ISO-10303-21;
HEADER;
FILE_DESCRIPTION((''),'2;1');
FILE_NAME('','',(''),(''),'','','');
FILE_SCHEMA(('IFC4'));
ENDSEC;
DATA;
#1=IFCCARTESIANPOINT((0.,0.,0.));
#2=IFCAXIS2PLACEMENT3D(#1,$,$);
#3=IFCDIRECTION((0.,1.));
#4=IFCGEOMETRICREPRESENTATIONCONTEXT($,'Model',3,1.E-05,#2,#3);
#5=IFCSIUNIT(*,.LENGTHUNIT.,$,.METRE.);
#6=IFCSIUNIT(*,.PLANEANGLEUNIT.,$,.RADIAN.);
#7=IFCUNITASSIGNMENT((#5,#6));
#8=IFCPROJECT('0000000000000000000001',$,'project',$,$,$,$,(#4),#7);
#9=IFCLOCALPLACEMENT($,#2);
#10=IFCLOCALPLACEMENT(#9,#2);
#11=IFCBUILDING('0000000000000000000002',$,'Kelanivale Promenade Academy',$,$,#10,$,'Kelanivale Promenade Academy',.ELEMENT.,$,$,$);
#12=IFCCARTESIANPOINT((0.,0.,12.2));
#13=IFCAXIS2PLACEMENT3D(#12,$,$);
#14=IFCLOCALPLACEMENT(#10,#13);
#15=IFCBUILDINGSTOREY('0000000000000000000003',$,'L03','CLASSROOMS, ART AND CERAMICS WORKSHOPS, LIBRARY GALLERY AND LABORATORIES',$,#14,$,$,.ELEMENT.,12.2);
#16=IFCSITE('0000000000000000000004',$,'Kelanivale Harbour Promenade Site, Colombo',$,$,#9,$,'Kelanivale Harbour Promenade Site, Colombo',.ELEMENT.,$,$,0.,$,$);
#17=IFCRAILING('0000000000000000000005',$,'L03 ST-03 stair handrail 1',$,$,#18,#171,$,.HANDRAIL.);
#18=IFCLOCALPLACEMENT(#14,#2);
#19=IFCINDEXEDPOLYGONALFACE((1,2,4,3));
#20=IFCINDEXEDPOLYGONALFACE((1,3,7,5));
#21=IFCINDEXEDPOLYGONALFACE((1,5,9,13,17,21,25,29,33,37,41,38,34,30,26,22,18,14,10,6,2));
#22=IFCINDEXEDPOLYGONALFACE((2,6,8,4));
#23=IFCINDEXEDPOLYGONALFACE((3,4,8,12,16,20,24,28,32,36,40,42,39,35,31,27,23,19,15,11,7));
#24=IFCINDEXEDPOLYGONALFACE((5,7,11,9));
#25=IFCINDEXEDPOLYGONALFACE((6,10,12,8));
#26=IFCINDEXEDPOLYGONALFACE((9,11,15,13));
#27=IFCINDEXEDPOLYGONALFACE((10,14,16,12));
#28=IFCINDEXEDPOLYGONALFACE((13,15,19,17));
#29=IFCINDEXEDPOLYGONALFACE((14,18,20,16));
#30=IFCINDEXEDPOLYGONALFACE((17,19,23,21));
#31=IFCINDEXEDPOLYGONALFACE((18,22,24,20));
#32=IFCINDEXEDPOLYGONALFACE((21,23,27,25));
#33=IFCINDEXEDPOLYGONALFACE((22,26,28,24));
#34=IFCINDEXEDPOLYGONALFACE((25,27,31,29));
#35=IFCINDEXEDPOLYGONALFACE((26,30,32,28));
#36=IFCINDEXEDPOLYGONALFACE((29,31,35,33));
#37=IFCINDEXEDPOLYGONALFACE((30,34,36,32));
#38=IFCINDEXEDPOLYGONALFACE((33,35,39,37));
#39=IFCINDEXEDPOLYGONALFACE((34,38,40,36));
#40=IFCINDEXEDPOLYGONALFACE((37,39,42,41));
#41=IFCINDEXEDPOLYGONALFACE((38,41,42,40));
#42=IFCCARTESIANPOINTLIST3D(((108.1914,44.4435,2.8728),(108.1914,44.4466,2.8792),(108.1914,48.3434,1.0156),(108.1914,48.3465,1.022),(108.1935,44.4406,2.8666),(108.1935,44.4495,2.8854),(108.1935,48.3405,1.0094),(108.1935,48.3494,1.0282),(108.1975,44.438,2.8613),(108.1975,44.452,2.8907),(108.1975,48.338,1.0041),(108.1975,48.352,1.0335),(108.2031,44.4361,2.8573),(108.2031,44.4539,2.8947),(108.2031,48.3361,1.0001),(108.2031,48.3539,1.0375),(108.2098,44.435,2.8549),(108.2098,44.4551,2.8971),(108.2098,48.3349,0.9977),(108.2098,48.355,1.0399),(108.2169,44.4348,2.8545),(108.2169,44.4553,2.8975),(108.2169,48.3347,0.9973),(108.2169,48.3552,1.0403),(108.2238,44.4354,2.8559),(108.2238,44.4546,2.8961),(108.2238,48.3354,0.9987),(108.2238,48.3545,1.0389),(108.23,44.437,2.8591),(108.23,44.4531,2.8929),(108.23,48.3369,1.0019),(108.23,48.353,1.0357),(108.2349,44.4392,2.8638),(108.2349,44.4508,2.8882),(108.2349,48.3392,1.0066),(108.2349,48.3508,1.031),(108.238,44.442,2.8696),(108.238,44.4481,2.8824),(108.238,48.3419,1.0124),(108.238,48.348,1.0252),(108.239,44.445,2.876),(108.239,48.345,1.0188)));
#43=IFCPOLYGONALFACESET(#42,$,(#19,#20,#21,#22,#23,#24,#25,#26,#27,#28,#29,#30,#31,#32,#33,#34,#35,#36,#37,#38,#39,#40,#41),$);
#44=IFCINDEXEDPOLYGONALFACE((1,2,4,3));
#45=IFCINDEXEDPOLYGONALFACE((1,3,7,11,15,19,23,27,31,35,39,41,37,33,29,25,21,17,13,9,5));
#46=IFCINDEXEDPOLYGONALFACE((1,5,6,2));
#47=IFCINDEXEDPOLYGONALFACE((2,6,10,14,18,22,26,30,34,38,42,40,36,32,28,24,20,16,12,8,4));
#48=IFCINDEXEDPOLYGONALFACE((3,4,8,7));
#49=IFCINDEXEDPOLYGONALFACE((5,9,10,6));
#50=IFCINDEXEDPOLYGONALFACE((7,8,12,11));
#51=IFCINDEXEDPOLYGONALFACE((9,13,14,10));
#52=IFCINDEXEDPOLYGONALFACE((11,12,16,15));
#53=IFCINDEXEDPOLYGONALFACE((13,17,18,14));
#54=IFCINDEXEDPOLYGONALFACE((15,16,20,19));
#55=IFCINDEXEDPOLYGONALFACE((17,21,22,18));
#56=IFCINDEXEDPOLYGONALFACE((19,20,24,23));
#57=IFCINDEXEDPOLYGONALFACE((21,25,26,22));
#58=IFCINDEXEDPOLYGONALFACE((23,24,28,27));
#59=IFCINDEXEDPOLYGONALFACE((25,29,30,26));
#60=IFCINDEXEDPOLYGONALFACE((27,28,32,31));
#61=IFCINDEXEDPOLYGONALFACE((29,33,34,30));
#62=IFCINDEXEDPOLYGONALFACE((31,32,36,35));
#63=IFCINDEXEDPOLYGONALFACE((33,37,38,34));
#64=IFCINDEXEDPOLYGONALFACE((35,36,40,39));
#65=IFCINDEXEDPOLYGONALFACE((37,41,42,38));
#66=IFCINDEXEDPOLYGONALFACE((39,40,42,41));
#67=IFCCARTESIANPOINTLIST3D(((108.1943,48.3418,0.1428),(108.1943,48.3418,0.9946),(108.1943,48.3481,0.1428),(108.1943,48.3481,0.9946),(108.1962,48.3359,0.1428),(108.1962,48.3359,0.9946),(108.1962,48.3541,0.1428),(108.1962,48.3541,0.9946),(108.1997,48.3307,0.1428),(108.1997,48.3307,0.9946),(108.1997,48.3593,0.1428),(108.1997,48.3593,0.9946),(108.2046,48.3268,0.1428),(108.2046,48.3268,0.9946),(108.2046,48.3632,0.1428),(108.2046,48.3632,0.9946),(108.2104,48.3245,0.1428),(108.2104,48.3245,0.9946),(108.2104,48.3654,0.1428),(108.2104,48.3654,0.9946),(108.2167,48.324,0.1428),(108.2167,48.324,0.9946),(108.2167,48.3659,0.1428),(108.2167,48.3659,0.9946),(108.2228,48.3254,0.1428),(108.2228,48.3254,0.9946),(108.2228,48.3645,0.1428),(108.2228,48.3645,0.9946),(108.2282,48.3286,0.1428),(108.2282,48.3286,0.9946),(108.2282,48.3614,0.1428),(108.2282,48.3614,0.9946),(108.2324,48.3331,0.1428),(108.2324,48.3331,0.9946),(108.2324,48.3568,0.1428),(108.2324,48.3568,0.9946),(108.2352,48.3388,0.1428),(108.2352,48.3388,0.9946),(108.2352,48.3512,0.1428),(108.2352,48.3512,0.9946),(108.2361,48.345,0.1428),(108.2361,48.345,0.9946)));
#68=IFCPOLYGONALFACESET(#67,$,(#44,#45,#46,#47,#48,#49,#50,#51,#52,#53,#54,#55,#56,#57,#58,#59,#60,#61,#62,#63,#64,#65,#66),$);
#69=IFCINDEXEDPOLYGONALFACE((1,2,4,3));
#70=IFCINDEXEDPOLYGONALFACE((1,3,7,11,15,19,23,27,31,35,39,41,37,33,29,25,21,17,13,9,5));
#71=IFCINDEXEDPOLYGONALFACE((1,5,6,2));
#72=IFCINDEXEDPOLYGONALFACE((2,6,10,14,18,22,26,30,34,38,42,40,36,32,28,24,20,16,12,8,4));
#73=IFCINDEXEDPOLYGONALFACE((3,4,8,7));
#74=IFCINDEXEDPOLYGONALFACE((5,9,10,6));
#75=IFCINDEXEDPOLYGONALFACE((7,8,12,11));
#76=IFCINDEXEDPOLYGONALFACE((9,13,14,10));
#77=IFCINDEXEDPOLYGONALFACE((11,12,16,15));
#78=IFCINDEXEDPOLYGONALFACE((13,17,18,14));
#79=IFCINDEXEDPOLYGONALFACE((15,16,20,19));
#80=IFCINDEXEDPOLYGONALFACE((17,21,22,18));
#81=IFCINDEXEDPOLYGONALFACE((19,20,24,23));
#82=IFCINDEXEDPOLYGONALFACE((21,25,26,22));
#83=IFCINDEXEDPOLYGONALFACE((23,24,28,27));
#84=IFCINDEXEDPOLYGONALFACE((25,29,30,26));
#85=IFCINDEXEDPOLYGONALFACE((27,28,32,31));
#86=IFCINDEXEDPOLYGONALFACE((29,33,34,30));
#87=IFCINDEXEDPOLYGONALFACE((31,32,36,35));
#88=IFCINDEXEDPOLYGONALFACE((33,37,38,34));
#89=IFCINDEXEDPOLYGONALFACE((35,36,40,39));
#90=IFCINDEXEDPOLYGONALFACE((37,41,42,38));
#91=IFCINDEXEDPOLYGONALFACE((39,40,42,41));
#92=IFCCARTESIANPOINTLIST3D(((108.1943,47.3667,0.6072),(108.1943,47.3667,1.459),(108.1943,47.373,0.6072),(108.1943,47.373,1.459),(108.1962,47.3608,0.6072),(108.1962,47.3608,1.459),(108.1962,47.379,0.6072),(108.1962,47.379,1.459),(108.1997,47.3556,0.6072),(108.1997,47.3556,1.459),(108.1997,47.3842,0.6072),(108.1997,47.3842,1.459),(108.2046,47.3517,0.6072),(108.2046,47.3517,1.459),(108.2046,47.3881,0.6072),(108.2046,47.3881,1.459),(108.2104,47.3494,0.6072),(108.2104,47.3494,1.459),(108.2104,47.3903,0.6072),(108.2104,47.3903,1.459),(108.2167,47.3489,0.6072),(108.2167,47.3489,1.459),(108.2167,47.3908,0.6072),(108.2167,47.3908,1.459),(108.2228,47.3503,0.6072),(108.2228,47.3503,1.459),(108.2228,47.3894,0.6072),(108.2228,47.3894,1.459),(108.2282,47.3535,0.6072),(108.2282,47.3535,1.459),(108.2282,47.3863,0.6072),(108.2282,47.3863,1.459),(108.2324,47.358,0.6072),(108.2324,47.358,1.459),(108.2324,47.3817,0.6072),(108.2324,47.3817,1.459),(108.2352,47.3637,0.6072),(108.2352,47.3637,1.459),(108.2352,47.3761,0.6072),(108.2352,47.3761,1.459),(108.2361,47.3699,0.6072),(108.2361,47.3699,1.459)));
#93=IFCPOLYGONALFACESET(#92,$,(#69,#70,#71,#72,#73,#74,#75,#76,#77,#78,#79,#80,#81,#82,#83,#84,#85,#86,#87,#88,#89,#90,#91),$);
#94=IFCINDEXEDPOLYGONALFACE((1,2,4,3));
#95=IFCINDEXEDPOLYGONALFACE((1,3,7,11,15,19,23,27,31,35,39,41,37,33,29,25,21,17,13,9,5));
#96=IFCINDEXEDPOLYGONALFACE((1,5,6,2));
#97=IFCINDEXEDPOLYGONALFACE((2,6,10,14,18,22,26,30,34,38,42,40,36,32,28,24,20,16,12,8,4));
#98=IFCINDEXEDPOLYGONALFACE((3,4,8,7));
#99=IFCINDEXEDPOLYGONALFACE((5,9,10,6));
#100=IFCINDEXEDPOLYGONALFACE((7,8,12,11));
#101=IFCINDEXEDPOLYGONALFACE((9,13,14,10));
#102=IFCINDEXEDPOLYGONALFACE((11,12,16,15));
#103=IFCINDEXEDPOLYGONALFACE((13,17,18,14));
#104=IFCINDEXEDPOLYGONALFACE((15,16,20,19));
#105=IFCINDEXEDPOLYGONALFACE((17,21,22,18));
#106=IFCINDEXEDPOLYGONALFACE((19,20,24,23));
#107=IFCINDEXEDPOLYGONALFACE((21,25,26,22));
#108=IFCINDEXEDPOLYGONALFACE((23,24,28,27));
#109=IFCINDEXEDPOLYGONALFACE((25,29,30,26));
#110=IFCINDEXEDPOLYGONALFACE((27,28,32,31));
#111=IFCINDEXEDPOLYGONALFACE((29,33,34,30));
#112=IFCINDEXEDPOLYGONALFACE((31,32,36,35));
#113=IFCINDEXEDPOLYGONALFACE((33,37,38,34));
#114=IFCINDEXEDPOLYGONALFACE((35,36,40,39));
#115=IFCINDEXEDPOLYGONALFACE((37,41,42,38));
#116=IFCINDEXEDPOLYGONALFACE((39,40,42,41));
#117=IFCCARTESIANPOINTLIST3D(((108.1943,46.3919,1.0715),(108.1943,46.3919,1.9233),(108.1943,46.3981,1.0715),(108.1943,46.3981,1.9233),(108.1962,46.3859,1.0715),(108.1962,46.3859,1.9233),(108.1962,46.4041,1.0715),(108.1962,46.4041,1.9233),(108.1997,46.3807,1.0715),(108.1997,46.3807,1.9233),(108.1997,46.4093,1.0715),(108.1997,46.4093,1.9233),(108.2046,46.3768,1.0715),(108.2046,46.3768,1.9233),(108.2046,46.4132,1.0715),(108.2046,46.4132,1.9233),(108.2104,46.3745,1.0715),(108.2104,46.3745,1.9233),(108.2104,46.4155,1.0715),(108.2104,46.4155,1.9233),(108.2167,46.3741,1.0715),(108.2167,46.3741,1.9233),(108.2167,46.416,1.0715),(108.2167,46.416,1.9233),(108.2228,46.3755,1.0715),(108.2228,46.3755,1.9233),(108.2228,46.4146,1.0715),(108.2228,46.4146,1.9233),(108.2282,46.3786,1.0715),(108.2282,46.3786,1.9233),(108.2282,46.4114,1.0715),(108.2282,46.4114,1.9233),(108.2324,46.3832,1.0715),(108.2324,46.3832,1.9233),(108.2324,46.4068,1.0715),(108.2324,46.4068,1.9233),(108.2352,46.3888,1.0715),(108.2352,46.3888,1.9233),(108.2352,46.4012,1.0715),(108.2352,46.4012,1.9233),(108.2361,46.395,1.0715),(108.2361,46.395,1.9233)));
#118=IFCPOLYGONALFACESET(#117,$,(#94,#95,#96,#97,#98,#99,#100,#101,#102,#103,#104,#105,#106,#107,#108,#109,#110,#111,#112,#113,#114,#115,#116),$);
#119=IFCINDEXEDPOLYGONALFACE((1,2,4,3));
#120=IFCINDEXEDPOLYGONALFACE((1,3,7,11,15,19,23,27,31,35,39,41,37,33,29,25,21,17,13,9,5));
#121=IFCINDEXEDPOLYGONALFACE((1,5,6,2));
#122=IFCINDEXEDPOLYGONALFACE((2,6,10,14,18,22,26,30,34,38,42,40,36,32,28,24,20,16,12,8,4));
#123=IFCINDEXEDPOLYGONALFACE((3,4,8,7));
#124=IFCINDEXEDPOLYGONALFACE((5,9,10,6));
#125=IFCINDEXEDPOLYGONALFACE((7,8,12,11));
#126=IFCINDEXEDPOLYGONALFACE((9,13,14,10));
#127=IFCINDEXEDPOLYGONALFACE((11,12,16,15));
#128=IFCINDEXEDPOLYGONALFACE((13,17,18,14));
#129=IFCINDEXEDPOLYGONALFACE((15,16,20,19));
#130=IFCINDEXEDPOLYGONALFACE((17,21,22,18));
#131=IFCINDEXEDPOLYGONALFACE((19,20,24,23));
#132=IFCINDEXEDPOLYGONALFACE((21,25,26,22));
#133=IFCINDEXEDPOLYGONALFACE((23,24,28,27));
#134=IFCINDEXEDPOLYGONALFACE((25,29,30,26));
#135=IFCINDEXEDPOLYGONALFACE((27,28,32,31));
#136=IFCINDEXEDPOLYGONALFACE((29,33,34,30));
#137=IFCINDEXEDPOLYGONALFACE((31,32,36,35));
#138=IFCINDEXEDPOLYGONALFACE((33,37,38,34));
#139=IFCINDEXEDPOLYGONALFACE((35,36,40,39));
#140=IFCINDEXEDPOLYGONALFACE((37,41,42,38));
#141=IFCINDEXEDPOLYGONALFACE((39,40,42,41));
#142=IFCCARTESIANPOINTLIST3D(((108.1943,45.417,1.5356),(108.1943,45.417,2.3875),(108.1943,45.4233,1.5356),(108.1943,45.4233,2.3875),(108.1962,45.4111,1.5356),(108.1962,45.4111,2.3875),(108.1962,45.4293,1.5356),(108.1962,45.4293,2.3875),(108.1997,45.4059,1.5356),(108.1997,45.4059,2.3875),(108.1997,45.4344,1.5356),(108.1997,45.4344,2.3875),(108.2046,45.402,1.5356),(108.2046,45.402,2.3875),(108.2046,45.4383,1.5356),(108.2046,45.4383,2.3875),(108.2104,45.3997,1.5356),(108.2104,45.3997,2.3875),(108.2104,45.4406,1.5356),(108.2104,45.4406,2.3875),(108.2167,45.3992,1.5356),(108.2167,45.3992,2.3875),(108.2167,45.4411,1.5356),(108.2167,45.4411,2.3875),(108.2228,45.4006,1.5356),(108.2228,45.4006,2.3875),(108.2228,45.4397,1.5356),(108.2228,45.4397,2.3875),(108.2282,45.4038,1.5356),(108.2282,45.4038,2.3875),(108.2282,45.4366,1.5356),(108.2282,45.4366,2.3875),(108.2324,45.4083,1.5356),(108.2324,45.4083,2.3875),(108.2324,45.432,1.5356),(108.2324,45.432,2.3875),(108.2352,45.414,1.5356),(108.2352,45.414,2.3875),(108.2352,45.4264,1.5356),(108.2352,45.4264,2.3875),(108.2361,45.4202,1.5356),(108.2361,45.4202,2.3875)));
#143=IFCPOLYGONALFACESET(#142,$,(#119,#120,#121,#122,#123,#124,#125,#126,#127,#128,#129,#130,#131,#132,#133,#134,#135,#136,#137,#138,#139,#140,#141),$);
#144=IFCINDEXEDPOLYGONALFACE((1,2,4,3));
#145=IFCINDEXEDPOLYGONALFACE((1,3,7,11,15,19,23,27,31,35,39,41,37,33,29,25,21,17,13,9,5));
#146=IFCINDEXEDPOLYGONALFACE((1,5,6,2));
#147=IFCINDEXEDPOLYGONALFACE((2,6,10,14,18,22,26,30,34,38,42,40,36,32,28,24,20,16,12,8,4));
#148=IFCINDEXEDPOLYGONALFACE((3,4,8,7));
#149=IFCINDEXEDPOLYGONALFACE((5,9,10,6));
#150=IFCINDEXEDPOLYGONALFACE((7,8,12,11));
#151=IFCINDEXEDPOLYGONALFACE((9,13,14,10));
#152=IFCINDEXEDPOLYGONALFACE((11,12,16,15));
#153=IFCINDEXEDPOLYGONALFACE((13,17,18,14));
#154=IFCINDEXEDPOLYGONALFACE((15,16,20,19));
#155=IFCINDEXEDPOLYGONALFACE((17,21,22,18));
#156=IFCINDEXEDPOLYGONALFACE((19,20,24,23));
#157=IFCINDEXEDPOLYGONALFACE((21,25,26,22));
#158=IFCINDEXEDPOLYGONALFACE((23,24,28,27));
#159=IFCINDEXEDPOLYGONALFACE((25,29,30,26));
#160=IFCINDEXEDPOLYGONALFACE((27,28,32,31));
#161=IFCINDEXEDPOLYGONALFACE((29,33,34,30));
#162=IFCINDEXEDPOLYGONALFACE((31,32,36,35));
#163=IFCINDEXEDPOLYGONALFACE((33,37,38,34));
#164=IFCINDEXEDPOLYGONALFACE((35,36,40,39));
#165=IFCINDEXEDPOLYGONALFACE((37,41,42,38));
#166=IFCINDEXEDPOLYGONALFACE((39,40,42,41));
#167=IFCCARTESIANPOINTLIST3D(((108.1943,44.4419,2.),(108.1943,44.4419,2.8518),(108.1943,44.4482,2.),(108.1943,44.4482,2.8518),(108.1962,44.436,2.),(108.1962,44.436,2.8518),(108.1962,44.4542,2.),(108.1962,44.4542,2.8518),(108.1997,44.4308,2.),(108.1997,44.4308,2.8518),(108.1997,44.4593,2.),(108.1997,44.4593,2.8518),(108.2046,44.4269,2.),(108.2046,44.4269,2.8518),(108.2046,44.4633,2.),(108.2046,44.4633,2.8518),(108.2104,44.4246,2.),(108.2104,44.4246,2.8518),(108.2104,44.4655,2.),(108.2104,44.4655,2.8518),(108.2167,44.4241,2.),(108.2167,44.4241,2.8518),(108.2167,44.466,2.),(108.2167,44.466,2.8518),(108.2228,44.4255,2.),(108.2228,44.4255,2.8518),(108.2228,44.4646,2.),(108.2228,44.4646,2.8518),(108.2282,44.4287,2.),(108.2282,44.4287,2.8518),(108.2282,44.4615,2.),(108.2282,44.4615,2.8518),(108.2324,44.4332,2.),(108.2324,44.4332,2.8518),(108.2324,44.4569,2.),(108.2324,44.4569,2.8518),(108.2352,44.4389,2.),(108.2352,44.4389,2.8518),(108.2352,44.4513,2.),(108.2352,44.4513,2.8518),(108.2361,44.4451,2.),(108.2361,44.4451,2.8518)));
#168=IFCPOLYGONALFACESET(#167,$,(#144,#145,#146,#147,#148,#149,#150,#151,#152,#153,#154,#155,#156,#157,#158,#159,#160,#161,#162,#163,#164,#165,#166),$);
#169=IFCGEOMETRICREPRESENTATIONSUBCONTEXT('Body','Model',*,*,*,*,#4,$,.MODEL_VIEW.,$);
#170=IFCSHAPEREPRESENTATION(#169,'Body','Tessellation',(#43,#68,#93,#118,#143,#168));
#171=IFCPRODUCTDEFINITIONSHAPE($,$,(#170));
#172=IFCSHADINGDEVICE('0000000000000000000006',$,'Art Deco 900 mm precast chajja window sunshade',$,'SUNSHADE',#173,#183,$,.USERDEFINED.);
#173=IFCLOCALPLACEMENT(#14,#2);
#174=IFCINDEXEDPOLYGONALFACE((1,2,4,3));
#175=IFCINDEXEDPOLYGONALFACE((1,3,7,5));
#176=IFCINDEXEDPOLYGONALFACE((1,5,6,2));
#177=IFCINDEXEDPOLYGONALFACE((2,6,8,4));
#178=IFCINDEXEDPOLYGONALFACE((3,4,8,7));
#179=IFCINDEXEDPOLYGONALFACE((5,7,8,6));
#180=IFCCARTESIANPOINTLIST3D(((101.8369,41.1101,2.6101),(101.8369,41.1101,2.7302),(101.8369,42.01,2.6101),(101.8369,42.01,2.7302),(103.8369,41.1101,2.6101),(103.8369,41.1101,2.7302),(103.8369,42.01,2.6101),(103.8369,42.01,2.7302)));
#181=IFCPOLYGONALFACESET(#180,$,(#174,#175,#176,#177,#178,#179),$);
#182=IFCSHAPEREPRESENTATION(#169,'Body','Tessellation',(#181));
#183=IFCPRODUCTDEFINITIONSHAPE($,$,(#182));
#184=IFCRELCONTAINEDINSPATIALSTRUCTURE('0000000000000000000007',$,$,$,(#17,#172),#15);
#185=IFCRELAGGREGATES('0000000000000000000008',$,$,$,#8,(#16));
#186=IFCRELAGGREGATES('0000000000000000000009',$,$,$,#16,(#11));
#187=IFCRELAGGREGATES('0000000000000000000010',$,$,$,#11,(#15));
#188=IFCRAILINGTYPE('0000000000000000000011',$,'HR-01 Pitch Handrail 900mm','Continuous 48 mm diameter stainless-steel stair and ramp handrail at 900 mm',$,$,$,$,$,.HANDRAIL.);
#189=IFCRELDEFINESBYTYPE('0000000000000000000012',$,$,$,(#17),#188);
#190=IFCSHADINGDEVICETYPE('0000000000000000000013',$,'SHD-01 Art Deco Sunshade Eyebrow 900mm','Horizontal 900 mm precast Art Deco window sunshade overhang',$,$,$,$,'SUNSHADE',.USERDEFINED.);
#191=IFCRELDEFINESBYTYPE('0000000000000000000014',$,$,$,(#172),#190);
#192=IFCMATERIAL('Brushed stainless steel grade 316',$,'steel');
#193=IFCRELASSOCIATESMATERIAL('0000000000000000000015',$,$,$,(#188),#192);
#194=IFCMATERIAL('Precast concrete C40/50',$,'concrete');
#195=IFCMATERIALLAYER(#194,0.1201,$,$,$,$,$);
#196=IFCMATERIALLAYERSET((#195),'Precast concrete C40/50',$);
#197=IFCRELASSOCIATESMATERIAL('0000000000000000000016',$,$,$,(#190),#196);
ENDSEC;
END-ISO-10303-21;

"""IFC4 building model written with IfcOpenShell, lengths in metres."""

from ifc_helpers import new_model, si_unit, direction, frame, origin, origin_2d, place, context, subcontext, project, spatial, rectangle, circle, extrude, material, layer, layer_set, type_object, element, save


model = new_model("IFC4")

# Units and contexts
model_context = context("Model", 3, precision=1e-05, world=origin(), true_north=direction((0.0, 1.0)))
body_context = subcontext(model_context, "Body", "Model", "MODEL_VIEW")
ifc_project = project(units=[si_unit("LENGTHUNIT", "METRE"), si_unit("PLANEANGLEUNIT", "RADIAN")], contexts=[model_context])

# Site, building, storey
site_placement = place(None, origin())
site = spatial("IfcSite", under=ifc_project, at=site_placement, Name="Kelanivale Harbour Promenade Site, Colombo", LongName="Kelanivale Harbour Promenade Site, Colombo", CompositionType="ELEMENT", RefElevation=0.0)
building_placement = place(site_placement, origin())
building = spatial("IfcBuilding", under=site, at=building_placement, Name="Kelanivale Promenade Academy", LongName="Kelanivale Promenade Academy", CompositionType="ELEMENT")
storey_placement = place(building_placement, frame((0.0, 0.0, 12.2)))
storey = spatial("IfcBuildingStorey", under=building, at=storey_placement, Name="L03", Description="CLASSROOMS, ART AND CERAMICS WORKSHOPS, LIBRARY GALLERY AND LABORATORIES", CompositionType="ELEMENT", Elevation=12.2)

# Railing
ifc_material_1 = material(Name="Brushed stainless steel grade 316", Category="steel")
railing_type = type_object("IfcRailingType", Name="HR-01 Pitch Handrail 900mm", Description="Continuous 48 mm diameter stainless-steel stair and ramp handrail at 900 mm", PredefinedType="HANDRAIL", material=ifc_material_1)
railing_placement = place(storey_placement, frame((108.2151, 48.345, 0.1428)))
element("IfcRailing", 1, at=railing_placement, inside=storey, type_object=railing_type, Name="L03 ST-03 stair handrail 1", PredefinedType="HANDRAIL", context=body_context, shape_type="SweptSolid", body=[
    extrude(circle(Radius=0.0239, at=origin_2d()), frame((0.0, 0.0, 0.876), z_axis=(0.0, -0.902853, 0.429949), x_axis=(1.0, 0.0, 0.0)), (0.0, 0.0, 1.0), 4.3196),
    extrude(circle(Radius=0.021, at=origin_2d()), origin(), (0.0, 0.0, 1.0), 0.8518),
    extrude(circle(Radius=0.021, at=origin_2d()), frame((0.0, -0.9751, 0.4644)), (0.0, 0.0, 1.0), 0.8518),
    extrude(circle(Radius=0.021, at=origin_2d()), frame((0.0, -1.95, 0.9287)), (0.0, 0.0, 1.0), 0.8518),
    extrude(circle(Radius=0.021, at=origin_2d()), frame((0.0, -2.9248, 1.3928)), (0.0, 0.0, 1.0), 0.8518),
    extrude(circle(Radius=0.021, at=origin_2d()), frame((0.0, -3.8999, 1.8572)), (0.0, 0.0, 1.0), 0.8518),
])

# Shading device
ifc_material_2 = material(Name="Precast concrete C40/50", Category="concrete")
ifc_layer_1 = layer(ifc_material_2, 0.1201)
ifc_layer_set_1 = layer_set([ifc_layer_1], Name="Precast concrete C40/50")
shading_device_type = type_object("IfcShadingDeviceType", Name="SHD-01 Art Deco Sunshade Eyebrow 900mm", Description="Horizontal 900 mm precast Art Deco window sunshade overhang", ElementType="SUNSHADE", PredefinedType="USERDEFINED", material=ifc_layer_set_1)
shading_device_placement = place(storey_placement, frame((102.8369, 41.5601, 2.6101), z_axis=(0.0, 0.0, 1.0), x_axis=(1.0, 0.0, 0.0)))
element("IfcShadingDevice", 2, at=shading_device_placement, inside=storey, type_object=shading_device_type, Name="Art Deco 900 mm precast chajja window sunshade", ObjectType="SUNSHADE", PredefinedType="USERDEFINED", context=body_context, shape_type="SweptSolid", body=[
    extrude(rectangle(XDim=2.0, YDim=0.8999, at=origin_2d()), origin(), (0.0, 0.0, 1.0), 0.1201),
])

save(model, "model.ifc")
